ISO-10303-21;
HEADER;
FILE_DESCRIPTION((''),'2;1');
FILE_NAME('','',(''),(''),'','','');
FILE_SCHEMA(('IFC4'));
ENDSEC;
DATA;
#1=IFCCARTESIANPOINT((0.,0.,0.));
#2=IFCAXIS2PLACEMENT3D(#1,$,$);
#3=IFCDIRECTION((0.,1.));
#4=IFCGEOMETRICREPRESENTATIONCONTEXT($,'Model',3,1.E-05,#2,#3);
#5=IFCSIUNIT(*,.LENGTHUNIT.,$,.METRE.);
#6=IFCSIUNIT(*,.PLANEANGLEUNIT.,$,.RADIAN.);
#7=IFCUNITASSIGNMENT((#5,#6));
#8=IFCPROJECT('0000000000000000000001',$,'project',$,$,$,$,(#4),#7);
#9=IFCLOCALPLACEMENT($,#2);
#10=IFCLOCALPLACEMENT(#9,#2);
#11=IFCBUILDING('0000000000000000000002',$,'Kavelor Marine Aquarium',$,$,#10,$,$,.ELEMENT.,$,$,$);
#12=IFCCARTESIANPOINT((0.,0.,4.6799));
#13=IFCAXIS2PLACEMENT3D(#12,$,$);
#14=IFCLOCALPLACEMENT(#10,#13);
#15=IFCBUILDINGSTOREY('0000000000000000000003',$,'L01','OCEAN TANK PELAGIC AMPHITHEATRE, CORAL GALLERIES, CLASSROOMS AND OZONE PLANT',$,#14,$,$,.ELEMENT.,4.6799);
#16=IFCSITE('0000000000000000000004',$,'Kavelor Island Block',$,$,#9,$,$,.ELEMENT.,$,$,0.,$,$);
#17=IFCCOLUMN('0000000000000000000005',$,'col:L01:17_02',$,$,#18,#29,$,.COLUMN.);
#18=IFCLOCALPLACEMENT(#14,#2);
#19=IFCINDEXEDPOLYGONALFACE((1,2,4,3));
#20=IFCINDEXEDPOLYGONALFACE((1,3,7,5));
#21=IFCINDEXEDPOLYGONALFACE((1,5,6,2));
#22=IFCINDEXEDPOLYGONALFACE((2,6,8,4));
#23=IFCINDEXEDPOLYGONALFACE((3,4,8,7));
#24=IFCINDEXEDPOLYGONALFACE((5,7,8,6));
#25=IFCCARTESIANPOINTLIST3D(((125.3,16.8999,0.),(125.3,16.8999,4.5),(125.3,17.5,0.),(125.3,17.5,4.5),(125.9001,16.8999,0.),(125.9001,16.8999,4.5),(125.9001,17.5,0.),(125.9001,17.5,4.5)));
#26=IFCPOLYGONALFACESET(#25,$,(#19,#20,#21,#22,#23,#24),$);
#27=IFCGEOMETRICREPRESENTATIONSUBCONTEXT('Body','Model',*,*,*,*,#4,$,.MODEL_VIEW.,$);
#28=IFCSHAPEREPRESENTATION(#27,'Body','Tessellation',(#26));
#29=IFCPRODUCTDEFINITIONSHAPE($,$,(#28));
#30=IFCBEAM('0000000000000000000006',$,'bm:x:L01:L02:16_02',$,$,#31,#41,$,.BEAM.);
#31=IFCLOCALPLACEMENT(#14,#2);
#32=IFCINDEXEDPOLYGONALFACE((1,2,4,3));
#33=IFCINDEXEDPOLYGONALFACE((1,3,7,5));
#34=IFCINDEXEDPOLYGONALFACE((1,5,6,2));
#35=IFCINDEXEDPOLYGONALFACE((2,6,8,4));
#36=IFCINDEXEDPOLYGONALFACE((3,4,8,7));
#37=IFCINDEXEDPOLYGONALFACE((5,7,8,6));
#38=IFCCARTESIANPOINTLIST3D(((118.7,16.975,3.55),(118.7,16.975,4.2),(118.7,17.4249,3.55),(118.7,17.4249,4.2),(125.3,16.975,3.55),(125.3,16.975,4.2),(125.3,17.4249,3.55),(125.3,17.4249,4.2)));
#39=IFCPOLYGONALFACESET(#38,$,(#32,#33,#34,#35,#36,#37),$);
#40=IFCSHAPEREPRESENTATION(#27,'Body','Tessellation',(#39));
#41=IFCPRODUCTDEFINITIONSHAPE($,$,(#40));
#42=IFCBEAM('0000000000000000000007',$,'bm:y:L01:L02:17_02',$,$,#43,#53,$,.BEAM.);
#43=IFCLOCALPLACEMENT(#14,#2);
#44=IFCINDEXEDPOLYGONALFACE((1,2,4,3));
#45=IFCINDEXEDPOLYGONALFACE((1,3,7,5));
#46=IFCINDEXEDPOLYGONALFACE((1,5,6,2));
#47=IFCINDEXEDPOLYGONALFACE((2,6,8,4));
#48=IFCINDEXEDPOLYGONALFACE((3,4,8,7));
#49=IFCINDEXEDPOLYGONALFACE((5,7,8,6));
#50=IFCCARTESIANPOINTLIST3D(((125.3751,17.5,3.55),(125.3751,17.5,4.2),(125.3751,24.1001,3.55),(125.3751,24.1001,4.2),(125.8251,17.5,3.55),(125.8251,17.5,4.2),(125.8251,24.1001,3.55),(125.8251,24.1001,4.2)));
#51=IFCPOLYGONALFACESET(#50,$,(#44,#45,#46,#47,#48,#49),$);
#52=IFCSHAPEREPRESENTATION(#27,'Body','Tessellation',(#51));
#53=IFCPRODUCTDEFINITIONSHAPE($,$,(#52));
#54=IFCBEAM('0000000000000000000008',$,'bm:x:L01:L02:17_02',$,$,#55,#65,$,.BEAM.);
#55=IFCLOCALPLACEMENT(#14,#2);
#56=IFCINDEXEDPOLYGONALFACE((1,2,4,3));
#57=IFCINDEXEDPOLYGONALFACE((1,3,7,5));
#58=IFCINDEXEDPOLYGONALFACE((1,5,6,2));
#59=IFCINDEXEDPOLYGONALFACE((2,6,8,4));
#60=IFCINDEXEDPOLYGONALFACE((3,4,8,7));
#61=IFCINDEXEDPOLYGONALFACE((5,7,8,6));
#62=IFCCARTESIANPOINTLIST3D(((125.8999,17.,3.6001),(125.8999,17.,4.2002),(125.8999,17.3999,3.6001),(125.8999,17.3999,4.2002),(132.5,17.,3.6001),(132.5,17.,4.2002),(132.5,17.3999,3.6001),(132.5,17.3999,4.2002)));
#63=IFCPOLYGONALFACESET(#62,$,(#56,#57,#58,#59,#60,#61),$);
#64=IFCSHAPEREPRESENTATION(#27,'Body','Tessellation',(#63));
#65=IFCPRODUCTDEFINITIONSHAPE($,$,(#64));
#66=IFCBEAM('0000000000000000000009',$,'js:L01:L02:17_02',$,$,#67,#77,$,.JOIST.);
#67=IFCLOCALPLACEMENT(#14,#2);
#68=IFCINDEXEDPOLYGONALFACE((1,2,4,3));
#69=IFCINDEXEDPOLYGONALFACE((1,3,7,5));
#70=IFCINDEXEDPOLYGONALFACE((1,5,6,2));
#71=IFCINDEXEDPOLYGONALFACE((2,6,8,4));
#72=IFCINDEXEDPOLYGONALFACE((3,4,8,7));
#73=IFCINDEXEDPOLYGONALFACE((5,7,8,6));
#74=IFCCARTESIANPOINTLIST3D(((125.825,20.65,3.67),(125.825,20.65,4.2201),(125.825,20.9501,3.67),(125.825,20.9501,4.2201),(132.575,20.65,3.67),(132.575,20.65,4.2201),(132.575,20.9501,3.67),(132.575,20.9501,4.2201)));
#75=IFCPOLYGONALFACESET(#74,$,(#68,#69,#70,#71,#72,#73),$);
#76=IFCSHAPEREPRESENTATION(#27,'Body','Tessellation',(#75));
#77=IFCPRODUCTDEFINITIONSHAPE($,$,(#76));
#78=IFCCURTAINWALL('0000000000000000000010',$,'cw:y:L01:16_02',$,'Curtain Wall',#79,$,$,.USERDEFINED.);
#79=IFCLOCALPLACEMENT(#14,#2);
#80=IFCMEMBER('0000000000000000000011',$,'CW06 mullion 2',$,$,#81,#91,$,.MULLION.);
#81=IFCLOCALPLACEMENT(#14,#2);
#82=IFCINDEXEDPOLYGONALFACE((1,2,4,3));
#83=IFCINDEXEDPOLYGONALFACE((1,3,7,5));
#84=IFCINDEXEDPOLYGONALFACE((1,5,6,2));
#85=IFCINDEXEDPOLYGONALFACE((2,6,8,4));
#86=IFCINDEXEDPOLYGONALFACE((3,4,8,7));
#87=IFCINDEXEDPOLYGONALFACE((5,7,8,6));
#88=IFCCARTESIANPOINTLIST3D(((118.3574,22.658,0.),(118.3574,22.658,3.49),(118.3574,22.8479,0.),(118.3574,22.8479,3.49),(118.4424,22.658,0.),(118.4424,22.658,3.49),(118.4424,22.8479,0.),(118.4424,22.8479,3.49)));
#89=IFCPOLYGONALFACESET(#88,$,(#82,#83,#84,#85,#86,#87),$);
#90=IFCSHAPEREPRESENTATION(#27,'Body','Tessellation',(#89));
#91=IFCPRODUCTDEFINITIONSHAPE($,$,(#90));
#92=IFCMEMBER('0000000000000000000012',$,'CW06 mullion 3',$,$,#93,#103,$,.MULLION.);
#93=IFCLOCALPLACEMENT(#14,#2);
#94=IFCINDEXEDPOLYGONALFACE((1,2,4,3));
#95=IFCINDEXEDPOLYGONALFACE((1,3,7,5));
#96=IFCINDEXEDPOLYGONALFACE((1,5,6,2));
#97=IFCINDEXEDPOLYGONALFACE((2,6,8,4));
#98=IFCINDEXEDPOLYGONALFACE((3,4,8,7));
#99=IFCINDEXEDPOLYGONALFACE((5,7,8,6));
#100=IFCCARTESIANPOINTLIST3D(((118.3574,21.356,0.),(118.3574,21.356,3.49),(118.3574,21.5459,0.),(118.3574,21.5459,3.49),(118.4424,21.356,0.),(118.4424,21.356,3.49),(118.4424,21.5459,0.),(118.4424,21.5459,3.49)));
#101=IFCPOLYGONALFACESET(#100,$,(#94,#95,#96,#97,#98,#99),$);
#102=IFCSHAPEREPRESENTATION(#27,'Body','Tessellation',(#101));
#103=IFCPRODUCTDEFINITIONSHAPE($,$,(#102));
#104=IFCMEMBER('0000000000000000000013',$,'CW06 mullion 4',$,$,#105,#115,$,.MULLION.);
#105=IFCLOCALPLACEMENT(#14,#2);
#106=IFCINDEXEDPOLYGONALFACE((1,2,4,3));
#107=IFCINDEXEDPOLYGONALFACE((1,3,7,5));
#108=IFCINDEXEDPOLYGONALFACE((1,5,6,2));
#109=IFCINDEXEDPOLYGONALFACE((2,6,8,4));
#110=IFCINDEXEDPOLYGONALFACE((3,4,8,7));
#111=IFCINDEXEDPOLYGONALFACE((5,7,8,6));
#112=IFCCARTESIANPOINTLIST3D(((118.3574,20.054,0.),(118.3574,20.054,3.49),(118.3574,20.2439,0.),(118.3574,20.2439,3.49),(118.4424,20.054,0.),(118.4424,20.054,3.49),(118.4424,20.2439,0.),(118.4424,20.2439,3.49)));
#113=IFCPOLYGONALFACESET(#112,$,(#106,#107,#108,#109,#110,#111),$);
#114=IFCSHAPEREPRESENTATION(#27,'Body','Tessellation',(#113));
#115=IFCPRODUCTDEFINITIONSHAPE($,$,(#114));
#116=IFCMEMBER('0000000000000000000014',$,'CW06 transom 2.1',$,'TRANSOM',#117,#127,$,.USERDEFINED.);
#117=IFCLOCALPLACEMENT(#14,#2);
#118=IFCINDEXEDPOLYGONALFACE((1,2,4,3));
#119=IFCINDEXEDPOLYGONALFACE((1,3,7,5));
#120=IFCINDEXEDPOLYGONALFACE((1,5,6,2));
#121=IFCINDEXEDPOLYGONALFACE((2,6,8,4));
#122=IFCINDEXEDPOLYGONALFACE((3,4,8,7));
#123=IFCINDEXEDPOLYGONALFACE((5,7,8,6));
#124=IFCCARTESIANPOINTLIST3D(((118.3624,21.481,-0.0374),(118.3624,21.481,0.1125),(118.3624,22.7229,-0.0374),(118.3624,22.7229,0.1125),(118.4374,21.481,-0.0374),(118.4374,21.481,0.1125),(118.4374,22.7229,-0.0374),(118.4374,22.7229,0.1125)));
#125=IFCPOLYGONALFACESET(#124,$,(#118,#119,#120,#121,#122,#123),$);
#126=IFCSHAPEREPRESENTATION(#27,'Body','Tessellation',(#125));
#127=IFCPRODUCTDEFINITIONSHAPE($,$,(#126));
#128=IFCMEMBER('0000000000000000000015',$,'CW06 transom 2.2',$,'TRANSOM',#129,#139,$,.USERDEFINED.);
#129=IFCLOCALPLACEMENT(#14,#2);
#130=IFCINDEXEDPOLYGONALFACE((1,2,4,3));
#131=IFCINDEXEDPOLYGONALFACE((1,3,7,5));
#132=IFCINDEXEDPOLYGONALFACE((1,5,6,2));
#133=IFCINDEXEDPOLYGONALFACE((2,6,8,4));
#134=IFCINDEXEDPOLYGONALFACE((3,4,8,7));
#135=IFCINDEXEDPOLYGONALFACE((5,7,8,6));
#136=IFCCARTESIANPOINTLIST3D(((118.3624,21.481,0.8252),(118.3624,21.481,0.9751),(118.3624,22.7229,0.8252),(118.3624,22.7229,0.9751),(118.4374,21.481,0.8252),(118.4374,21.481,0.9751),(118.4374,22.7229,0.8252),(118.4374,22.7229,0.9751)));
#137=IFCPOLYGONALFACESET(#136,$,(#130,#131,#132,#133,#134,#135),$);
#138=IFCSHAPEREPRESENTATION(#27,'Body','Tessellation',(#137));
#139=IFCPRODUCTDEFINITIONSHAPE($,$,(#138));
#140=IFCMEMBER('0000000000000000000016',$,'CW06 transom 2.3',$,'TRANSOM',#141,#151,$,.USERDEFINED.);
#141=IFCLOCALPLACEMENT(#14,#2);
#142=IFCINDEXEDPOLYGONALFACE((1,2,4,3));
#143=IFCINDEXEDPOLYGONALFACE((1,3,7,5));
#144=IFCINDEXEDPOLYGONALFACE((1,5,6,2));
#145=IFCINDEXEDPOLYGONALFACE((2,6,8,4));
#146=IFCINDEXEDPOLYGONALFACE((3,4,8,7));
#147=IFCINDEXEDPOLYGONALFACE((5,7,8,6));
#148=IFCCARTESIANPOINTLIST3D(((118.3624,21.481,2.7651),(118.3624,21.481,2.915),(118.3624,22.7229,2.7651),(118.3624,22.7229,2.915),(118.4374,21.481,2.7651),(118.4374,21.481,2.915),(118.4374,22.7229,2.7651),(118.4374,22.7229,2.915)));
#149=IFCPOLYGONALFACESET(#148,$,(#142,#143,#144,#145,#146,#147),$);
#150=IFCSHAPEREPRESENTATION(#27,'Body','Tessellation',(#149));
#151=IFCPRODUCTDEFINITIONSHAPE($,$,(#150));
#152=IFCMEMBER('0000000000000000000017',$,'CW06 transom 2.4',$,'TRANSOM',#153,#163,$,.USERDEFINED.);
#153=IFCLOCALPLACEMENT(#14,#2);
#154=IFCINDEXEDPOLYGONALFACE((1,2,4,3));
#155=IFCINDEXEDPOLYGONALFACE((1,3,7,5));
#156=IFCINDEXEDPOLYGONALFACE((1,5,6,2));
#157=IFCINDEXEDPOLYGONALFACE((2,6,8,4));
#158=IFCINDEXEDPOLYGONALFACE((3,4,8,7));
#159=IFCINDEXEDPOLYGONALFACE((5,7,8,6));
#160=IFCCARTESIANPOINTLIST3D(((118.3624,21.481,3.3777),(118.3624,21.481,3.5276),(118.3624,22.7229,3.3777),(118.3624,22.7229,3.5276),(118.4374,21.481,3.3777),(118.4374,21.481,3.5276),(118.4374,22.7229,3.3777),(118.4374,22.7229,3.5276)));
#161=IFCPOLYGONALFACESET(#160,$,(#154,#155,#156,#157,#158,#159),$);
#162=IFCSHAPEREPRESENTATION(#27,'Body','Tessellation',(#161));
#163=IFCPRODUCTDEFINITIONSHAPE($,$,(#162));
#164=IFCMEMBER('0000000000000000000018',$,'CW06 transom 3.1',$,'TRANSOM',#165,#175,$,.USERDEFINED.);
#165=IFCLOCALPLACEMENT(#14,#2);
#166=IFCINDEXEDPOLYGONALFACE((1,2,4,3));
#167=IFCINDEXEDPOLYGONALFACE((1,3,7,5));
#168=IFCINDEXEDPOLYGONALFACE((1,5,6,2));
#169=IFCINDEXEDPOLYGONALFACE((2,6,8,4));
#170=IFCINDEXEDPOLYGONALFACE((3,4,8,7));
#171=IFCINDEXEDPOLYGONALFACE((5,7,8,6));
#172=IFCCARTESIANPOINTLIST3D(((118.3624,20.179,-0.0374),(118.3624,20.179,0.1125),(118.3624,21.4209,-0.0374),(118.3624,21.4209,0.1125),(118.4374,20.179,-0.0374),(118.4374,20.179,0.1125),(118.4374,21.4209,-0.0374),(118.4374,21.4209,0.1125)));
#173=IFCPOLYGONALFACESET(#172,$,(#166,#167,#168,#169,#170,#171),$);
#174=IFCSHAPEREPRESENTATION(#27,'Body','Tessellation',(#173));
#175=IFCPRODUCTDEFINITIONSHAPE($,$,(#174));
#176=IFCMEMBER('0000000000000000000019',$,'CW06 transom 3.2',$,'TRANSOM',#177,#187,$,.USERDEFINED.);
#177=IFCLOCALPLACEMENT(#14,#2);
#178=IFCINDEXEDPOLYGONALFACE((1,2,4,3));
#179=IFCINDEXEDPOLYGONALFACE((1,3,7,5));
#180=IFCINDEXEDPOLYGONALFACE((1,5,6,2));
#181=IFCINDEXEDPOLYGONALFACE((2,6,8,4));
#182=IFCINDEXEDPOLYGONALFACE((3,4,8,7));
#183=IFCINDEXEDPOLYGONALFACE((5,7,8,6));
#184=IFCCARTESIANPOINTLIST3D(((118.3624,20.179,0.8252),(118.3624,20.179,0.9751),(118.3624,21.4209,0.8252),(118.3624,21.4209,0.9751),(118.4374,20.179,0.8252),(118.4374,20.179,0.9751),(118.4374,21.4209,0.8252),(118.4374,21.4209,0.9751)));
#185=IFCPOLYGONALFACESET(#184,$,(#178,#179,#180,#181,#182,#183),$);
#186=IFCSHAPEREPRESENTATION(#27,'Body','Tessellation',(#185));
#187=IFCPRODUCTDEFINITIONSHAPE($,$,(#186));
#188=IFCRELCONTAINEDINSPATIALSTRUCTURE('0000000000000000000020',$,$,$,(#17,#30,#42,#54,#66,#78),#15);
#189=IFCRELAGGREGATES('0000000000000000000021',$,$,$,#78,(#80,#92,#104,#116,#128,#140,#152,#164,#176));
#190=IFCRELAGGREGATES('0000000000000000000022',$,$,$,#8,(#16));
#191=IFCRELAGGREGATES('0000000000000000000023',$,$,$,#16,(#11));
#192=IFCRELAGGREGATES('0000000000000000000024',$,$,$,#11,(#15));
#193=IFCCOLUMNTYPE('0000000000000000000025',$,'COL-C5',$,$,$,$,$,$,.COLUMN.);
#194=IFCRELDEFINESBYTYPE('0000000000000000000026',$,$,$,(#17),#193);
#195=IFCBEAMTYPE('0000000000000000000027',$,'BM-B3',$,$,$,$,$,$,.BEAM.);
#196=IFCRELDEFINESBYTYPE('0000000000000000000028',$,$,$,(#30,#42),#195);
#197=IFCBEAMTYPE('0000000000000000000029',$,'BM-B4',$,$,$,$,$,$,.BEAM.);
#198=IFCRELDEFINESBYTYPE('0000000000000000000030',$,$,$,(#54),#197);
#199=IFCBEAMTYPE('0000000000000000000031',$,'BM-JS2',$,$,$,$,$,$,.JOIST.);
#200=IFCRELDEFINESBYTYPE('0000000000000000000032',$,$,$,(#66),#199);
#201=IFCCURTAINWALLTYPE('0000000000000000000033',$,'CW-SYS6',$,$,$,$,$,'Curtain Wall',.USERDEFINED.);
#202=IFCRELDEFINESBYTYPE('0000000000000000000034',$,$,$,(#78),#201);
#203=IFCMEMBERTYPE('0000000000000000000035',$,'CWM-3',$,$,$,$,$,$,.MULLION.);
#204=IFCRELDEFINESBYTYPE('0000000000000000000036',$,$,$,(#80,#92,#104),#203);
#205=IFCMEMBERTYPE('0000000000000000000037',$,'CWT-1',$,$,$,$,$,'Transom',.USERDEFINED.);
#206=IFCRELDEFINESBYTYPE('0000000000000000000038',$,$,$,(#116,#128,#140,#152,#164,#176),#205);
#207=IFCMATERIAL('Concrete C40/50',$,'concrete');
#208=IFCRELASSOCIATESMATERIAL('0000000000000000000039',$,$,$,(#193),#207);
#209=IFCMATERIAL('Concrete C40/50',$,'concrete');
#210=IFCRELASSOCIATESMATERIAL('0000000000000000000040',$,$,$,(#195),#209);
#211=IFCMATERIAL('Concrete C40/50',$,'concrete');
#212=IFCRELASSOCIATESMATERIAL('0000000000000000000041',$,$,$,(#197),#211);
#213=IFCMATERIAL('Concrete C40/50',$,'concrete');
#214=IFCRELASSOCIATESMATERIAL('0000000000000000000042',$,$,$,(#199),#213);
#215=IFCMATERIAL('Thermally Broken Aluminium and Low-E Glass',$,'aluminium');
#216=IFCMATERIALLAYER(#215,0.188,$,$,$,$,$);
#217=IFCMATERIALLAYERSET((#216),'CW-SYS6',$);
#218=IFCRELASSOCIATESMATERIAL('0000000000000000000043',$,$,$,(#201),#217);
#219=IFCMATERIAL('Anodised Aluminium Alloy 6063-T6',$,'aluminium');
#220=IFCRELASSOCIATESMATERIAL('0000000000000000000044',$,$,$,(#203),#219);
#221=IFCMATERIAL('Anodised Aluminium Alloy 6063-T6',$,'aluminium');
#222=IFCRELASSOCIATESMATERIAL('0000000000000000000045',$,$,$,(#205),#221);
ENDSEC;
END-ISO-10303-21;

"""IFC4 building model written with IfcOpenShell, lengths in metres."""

from ifc_helpers import new_model, si_unit, direction, frame, origin, origin_2d, place, context, subcontext, project, spatial, rectangle, extrude, material, layer, layer_set, material_profile, profile_set, type_object, element, aggregate, save


model = new_model("IFC4")

# Units and contexts
model_context = context("Model", 3, precision=1e-05, world=origin(), true_north=direction((0.0, 1.0)))
body_context = subcontext(model_context, "Body", "Model", "MODEL_VIEW")
ifc_project = project(units=[si_unit("LENGTHUNIT", "METRE"), si_unit("PLANEANGLEUNIT", "RADIAN")], contexts=[model_context])

# Site, building, storey
site_placement = place(None, origin())
site = spatial("IfcSite", under=ifc_project, at=site_placement, Name="Kavelor Island Block", CompositionType="ELEMENT", RefElevation=0.0)
building_placement = place(site_placement, origin())
building = spatial("IfcBuilding", under=site, at=building_placement, Name="Kavelor Marine Aquarium", CompositionType="ELEMENT")
storey_placement = place(building_placement, frame((0.0, 0.0, 4.6799)))
storey = spatial("IfcBuildingStorey", under=building, at=storey_placement, Name="L01", Description="OCEAN TANK PELAGIC AMPHITHEATRE, CORAL GALLERIES, CLASSROOMS AND OZONE PLANT", CompositionType="ELEMENT", Elevation=4.6799)

# Column
ifc_material_1 = material(Name="Concrete C40/50", Category="concrete")
ifc_material_profile_1 = material_profile(ifc_material_1, rectangle(XDim=0.6001, YDim=0.6001, at=origin_2d()), Name="RC-COL 600x600")
ifc_profile_set_1 = profile_set([ifc_material_profile_1], Name="Concrete C40/50")
column_type = type_object("IfcColumnType", Name="COL-C5", PredefinedType="COLUMN", material=ifc_profile_set_1)
column_placement = place(storey_placement, frame((125.6001, 17.2, 0.0), z_axis=(0.0, 0.0, 1.0), x_axis=(1.0, 0.0, 0.0)))
element("IfcColumn", 1, at=column_placement, inside=storey, type_object=column_type, Name="col:L01:17_02", PredefinedType="COLUMN", context=body_context, shape_type="SweptSolid", body=[
    extrude(rectangle(XDim=0.6001, YDim=0.6001, at=origin_2d()), origin(), (0.0, 0.0, 1.0), 4.5),
])

# Beams
ifc_material_2 = material(Name="Concrete C40/50", Category="concrete")
ifc_material_profile_2 = material_profile(ifc_material_2, rectangle(XDim=0.45, YDim=0.6499, at=origin_2d()), Name="RC-BM 450x650")
ifc_profile_set_2 = profile_set([ifc_material_profile_2], Name="Concrete C40/50")
beam_type_1 = type_object("IfcBeamType", Name="BM-B3", PredefinedType="BEAM", material=ifc_profile_set_2)
for number, where, z_axis, x_axis, name in (
    (2, (118.7, 17.2, 3.875), (1.0, 0.0, 0.0), (0.0, 1.0, 0.0), "bm:x:L01:L02:16_02"),
    (3, (125.6001, 17.5, 3.875), (0.0, 1.0, 0.0), (-1.0, 0.0, 0.0), "bm:y:L01:L02:17_02"),
):
    element("IfcBeam", number, at=place(storey_placement, frame(where, z_axis=z_axis, x_axis=x_axis)), inside=storey, type_object=beam_type_1, Name=name, PredefinedType="BEAM", context=body_context, shape_type="SweptSolid", body=[
        extrude(rectangle(XDim=0.45, YDim=0.6499, at=origin_2d()), origin(), (0.0, 0.0, 1.0), 6.6001),
    ])
ifc_material_3 = material(Name="Concrete C40/50", Category="concrete")
ifc_material_profile_3 = material_profile(ifc_material_3, rectangle(XDim=0.3999, YDim=0.6001, at=origin_2d()), Name="RC-BM 400x600")
ifc_profile_set_3 = profile_set([ifc_material_profile_3], Name="Concrete C40/50")
beam_type_2 = type_object("IfcBeamType", Name="BM-B4", PredefinedType="BEAM", material=ifc_profile_set_3)
beam_1_placement = place(storey_placement, frame((125.8999, 17.2, 3.9001), z_axis=(1.0, 0.0, 0.0), x_axis=(0.0, 1.0, 0.0)))
element("IfcBeam", 4, at=beam_1_placement, inside=storey, type_object=beam_type_2, Name="bm:x:L01:L02:17_02", PredefinedType="BEAM", context=body_context, shape_type="SweptSolid", body=[
    extrude(rectangle(XDim=0.3999, YDim=0.6001, at=origin_2d()), origin(), (0.0, 0.0, 1.0), 6.6001),
])
ifc_material_4 = material(Name="Concrete C40/50", Category="concrete")
ifc_material_profile_4 = material_profile(ifc_material_4, rectangle(XDim=0.3, YDim=0.55, at=origin_2d()), Name="RC-JS 300x550")
ifc_profile_set_4 = profile_set([ifc_material_profile_4], Name="Concrete C40/50")
beam_type_3 = type_object("IfcBeamType", Name="BM-JS2", PredefinedType="JOIST", material=ifc_profile_set_4)
beam_2_placement = place(storey_placement, frame((125.825, 20.8, 3.9451), z_axis=(1.0, 0.0, 0.0), x_axis=(0.0, 1.0, 0.0)))
element("IfcBeam", 5, at=beam_2_placement, inside=storey, type_object=beam_type_3, Name="js:L01:L02:17_02", PredefinedType="JOIST", context=body_context, shape_type="SweptSolid", body=[
    extrude(rectangle(XDim=0.3, YDim=0.55, at=origin_2d()), origin(), (0.0, 0.0, 1.0), 6.75),
])

# Curtain wall, members
ifc_material_5 = material(Name="Thermally Broken Aluminium and Low-E Glass", Category="aluminium")
ifc_layer_1 = layer(ifc_material_5, 0.188)
ifc_layer_set_1 = layer_set([ifc_layer_1], Name="CW-SYS6")
curtain_wall_type = type_object("IfcCurtainWallType", Name="CW-SYS6", ElementType="Curtain Wall", PredefinedType="USERDEFINED", material=ifc_layer_set_1)
curtain_wall_placement = place(storey_placement, origin())
curtain_wall = element("IfcCurtainWall", 6, at=curtain_wall_placement, inside=storey, type_object=curtain_wall_type, Name="cw:y:L01:16_02", ObjectType="Curtain Wall", PredefinedType="USERDEFINED")
ifc_material_6 = material(Name="Anodised Aluminium Alloy 6063-T6", Category="aluminium")
ifc_material_profile_5 = material_profile(ifc_material_6, rectangle(XDim=0.085, YDim=0.1899, at=origin_2d()), Name="CW-MUL 85x190")
ifc_profile_set_5 = profile_set([ifc_material_profile_5], Name="Anodised Aluminium Alloy 6063-T6")
member_type_1 = type_object("IfcMemberType", Name="CWM-3", PredefinedType="MULLION", material=ifc_profile_set_5)
member_1_placement = place(storey_placement, frame((118.3999, 22.7529, 0.0), z_axis=(0.0, 0.0, 1.0), x_axis=(1.0, 0.0, 0.0)))
member_1 = element("IfcMember", 7, at=member_1_placement, type_object=member_type_1, Name="CW06 mullion 2", PredefinedType="MULLION", context=body_context, shape_type="SweptSolid", body=[
    extrude(rectangle(XDim=0.085, YDim=0.1899, at=origin_2d()), origin(), (0.0, 0.0, 1.0), 3.49),
])
member_2_placement = place(storey_placement, frame((118.3999, 21.4509, 0.0), z_axis=(0.0, 0.0, 1.0), x_axis=(1.0, 0.0, 0.0)))
member_2 = element("IfcMember", 8, at=member_2_placement, type_object=member_type_1, Name="CW06 mullion 3", PredefinedType="MULLION", context=body_context, shape_type="SweptSolid", body=[
    extrude(rectangle(XDim=0.085, YDim=0.1899, at=origin_2d()), origin(), (0.0, 0.0, 1.0), 3.49),
])
member_3_placement = place(storey_placement, frame((118.3999, 20.1489, 0.0), z_axis=(0.0, 0.0, 1.0), x_axis=(1.0, 0.0, 0.0)))
member_3 = element("IfcMember", 9, at=member_3_placement, type_object=member_type_1, Name="CW06 mullion 4", PredefinedType="MULLION", context=body_context, shape_type="SweptSolid", body=[
    extrude(rectangle(XDim=0.085, YDim=0.1899, at=origin_2d()), origin(), (0.0, 0.0, 1.0), 3.49),
])
ifc_material_7 = material(Name="Anodised Aluminium Alloy 6063-T6", Category="aluminium")
ifc_material_profile_6 = material_profile(ifc_material_7, rectangle(XDim=0.075, YDim=0.1499, at=origin_2d()), Name="CW-TRN 75x150")
ifc_profile_set_6 = profile_set([ifc_material_profile_6], Name="Anodised Aluminium Alloy 6063-T6")
member_type_2 = type_object("IfcMemberType", Name="CWT-1", ElementType="Transom", PredefinedType="USERDEFINED", material=ifc_profile_set_6)
member_4_placement = place(storey_placement, frame((118.3999, 22.7229, 0.0376), z_axis=(0.0, -1.0, 0.0), x_axis=(1.0, 0.0, 0.0)))
member_4 = element("IfcMember", 10, at=member_4_placement, type_object=member_type_2, Name="CW06 transom 2.1", ObjectType="TRANSOM", PredefinedType="USERDEFINED", context=body_context, shape_type="SweptSolid", body=[
    extrude(rectangle(XDim=0.075, YDim=0.1499, at=origin_2d()), origin(), (0.0, 0.0, 1.0), 1.2419),
])
member_5_placement = place(storey_placement, frame((118.3999, 22.7229, 0.9001), z_axis=(0.0, -1.0, 0.0), x_axis=(1.0, 0.0, 0.0)))
member_5 = element("IfcMember", 11, at=member_5_placement, type_object=member_type_2, Name="CW06 transom 2.2", ObjectType="TRANSOM", PredefinedType="USERDEFINED", context=body_context, shape_type="SweptSolid", body=[
    extrude(rectangle(XDim=0.075, YDim=0.1499, at=origin_2d()), origin(), (0.0, 0.0, 1.0), 1.2419),
])
member_6_placement = place(storey_placement, frame((118.3999, 22.7229, 2.8401), z_axis=(0.0, -1.0, 0.0), x_axis=(1.0, 0.0, 0.0)))
member_6 = element("IfcMember", 12, at=member_6_placement, type_object=member_type_2, Name="CW06 transom 2.3", ObjectType="TRANSOM", PredefinedType="USERDEFINED", context=body_context, shape_type="SweptSolid", body=[
    extrude(rectangle(XDim=0.075, YDim=0.1499, at=origin_2d()), origin(), (0.0, 0.0, 1.0), 1.2419),
])
member_7_placement = place(storey_placement, frame((118.3999, 22.7229, 3.4526), z_axis=(0.0, -1.0, 0.0), x_axis=(1.0, 0.0, 0.0)))
member_7 = element("IfcMember", 13, at=member_7_placement, type_object=member_type_2, Name="CW06 transom 2.4", ObjectType="TRANSOM", PredefinedType="USERDEFINED", context=body_context, shape_type="SweptSolid", body=[
    extrude(rectangle(XDim=0.075, YDim=0.1499, at=origin_2d()), origin(), (0.0, 0.0, 1.0), 1.2419),
])
member_8_placement = place(storey_placement, frame((118.3999, 21.4209, 0.0376), z_axis=(0.0, -1.0, 0.0), x_axis=(1.0, 0.0, 0.0)))
member_8 = element("IfcMember", 14, at=member_8_placement, type_object=member_type_2, Name="CW06 transom 3.1", ObjectType="TRANSOM", PredefinedType="USERDEFINED", context=body_context, shape_type="SweptSolid", body=[
    extrude(rectangle(XDim=0.075, YDim=0.1499, at=origin_2d()), origin(), (0.0, 0.0, 1.0), 1.2419),
])
member_9_placement = place(storey_placement, frame((118.3999, 21.4209, 0.9001), z_axis=(0.0, -1.0, 0.0), x_axis=(1.0, 0.0, 0.0)))
member_9 = element("IfcMember", 15, at=member_9_placement, type_object=member_type_2, Name="CW06 transom 3.2", ObjectType="TRANSOM", PredefinedType="USERDEFINED", context=body_context, shape_type="SweptSolid", body=[
    extrude(rectangle(XDim=0.075, YDim=0.1499, at=origin_2d()), origin(), (0.0, 0.0, 1.0), 1.2419),
])

aggregate(curtain_wall, [member_1, member_2, member_3, member_4, member_5, member_6, member_7, member_8, member_9])

save(model, "model.ifc")
